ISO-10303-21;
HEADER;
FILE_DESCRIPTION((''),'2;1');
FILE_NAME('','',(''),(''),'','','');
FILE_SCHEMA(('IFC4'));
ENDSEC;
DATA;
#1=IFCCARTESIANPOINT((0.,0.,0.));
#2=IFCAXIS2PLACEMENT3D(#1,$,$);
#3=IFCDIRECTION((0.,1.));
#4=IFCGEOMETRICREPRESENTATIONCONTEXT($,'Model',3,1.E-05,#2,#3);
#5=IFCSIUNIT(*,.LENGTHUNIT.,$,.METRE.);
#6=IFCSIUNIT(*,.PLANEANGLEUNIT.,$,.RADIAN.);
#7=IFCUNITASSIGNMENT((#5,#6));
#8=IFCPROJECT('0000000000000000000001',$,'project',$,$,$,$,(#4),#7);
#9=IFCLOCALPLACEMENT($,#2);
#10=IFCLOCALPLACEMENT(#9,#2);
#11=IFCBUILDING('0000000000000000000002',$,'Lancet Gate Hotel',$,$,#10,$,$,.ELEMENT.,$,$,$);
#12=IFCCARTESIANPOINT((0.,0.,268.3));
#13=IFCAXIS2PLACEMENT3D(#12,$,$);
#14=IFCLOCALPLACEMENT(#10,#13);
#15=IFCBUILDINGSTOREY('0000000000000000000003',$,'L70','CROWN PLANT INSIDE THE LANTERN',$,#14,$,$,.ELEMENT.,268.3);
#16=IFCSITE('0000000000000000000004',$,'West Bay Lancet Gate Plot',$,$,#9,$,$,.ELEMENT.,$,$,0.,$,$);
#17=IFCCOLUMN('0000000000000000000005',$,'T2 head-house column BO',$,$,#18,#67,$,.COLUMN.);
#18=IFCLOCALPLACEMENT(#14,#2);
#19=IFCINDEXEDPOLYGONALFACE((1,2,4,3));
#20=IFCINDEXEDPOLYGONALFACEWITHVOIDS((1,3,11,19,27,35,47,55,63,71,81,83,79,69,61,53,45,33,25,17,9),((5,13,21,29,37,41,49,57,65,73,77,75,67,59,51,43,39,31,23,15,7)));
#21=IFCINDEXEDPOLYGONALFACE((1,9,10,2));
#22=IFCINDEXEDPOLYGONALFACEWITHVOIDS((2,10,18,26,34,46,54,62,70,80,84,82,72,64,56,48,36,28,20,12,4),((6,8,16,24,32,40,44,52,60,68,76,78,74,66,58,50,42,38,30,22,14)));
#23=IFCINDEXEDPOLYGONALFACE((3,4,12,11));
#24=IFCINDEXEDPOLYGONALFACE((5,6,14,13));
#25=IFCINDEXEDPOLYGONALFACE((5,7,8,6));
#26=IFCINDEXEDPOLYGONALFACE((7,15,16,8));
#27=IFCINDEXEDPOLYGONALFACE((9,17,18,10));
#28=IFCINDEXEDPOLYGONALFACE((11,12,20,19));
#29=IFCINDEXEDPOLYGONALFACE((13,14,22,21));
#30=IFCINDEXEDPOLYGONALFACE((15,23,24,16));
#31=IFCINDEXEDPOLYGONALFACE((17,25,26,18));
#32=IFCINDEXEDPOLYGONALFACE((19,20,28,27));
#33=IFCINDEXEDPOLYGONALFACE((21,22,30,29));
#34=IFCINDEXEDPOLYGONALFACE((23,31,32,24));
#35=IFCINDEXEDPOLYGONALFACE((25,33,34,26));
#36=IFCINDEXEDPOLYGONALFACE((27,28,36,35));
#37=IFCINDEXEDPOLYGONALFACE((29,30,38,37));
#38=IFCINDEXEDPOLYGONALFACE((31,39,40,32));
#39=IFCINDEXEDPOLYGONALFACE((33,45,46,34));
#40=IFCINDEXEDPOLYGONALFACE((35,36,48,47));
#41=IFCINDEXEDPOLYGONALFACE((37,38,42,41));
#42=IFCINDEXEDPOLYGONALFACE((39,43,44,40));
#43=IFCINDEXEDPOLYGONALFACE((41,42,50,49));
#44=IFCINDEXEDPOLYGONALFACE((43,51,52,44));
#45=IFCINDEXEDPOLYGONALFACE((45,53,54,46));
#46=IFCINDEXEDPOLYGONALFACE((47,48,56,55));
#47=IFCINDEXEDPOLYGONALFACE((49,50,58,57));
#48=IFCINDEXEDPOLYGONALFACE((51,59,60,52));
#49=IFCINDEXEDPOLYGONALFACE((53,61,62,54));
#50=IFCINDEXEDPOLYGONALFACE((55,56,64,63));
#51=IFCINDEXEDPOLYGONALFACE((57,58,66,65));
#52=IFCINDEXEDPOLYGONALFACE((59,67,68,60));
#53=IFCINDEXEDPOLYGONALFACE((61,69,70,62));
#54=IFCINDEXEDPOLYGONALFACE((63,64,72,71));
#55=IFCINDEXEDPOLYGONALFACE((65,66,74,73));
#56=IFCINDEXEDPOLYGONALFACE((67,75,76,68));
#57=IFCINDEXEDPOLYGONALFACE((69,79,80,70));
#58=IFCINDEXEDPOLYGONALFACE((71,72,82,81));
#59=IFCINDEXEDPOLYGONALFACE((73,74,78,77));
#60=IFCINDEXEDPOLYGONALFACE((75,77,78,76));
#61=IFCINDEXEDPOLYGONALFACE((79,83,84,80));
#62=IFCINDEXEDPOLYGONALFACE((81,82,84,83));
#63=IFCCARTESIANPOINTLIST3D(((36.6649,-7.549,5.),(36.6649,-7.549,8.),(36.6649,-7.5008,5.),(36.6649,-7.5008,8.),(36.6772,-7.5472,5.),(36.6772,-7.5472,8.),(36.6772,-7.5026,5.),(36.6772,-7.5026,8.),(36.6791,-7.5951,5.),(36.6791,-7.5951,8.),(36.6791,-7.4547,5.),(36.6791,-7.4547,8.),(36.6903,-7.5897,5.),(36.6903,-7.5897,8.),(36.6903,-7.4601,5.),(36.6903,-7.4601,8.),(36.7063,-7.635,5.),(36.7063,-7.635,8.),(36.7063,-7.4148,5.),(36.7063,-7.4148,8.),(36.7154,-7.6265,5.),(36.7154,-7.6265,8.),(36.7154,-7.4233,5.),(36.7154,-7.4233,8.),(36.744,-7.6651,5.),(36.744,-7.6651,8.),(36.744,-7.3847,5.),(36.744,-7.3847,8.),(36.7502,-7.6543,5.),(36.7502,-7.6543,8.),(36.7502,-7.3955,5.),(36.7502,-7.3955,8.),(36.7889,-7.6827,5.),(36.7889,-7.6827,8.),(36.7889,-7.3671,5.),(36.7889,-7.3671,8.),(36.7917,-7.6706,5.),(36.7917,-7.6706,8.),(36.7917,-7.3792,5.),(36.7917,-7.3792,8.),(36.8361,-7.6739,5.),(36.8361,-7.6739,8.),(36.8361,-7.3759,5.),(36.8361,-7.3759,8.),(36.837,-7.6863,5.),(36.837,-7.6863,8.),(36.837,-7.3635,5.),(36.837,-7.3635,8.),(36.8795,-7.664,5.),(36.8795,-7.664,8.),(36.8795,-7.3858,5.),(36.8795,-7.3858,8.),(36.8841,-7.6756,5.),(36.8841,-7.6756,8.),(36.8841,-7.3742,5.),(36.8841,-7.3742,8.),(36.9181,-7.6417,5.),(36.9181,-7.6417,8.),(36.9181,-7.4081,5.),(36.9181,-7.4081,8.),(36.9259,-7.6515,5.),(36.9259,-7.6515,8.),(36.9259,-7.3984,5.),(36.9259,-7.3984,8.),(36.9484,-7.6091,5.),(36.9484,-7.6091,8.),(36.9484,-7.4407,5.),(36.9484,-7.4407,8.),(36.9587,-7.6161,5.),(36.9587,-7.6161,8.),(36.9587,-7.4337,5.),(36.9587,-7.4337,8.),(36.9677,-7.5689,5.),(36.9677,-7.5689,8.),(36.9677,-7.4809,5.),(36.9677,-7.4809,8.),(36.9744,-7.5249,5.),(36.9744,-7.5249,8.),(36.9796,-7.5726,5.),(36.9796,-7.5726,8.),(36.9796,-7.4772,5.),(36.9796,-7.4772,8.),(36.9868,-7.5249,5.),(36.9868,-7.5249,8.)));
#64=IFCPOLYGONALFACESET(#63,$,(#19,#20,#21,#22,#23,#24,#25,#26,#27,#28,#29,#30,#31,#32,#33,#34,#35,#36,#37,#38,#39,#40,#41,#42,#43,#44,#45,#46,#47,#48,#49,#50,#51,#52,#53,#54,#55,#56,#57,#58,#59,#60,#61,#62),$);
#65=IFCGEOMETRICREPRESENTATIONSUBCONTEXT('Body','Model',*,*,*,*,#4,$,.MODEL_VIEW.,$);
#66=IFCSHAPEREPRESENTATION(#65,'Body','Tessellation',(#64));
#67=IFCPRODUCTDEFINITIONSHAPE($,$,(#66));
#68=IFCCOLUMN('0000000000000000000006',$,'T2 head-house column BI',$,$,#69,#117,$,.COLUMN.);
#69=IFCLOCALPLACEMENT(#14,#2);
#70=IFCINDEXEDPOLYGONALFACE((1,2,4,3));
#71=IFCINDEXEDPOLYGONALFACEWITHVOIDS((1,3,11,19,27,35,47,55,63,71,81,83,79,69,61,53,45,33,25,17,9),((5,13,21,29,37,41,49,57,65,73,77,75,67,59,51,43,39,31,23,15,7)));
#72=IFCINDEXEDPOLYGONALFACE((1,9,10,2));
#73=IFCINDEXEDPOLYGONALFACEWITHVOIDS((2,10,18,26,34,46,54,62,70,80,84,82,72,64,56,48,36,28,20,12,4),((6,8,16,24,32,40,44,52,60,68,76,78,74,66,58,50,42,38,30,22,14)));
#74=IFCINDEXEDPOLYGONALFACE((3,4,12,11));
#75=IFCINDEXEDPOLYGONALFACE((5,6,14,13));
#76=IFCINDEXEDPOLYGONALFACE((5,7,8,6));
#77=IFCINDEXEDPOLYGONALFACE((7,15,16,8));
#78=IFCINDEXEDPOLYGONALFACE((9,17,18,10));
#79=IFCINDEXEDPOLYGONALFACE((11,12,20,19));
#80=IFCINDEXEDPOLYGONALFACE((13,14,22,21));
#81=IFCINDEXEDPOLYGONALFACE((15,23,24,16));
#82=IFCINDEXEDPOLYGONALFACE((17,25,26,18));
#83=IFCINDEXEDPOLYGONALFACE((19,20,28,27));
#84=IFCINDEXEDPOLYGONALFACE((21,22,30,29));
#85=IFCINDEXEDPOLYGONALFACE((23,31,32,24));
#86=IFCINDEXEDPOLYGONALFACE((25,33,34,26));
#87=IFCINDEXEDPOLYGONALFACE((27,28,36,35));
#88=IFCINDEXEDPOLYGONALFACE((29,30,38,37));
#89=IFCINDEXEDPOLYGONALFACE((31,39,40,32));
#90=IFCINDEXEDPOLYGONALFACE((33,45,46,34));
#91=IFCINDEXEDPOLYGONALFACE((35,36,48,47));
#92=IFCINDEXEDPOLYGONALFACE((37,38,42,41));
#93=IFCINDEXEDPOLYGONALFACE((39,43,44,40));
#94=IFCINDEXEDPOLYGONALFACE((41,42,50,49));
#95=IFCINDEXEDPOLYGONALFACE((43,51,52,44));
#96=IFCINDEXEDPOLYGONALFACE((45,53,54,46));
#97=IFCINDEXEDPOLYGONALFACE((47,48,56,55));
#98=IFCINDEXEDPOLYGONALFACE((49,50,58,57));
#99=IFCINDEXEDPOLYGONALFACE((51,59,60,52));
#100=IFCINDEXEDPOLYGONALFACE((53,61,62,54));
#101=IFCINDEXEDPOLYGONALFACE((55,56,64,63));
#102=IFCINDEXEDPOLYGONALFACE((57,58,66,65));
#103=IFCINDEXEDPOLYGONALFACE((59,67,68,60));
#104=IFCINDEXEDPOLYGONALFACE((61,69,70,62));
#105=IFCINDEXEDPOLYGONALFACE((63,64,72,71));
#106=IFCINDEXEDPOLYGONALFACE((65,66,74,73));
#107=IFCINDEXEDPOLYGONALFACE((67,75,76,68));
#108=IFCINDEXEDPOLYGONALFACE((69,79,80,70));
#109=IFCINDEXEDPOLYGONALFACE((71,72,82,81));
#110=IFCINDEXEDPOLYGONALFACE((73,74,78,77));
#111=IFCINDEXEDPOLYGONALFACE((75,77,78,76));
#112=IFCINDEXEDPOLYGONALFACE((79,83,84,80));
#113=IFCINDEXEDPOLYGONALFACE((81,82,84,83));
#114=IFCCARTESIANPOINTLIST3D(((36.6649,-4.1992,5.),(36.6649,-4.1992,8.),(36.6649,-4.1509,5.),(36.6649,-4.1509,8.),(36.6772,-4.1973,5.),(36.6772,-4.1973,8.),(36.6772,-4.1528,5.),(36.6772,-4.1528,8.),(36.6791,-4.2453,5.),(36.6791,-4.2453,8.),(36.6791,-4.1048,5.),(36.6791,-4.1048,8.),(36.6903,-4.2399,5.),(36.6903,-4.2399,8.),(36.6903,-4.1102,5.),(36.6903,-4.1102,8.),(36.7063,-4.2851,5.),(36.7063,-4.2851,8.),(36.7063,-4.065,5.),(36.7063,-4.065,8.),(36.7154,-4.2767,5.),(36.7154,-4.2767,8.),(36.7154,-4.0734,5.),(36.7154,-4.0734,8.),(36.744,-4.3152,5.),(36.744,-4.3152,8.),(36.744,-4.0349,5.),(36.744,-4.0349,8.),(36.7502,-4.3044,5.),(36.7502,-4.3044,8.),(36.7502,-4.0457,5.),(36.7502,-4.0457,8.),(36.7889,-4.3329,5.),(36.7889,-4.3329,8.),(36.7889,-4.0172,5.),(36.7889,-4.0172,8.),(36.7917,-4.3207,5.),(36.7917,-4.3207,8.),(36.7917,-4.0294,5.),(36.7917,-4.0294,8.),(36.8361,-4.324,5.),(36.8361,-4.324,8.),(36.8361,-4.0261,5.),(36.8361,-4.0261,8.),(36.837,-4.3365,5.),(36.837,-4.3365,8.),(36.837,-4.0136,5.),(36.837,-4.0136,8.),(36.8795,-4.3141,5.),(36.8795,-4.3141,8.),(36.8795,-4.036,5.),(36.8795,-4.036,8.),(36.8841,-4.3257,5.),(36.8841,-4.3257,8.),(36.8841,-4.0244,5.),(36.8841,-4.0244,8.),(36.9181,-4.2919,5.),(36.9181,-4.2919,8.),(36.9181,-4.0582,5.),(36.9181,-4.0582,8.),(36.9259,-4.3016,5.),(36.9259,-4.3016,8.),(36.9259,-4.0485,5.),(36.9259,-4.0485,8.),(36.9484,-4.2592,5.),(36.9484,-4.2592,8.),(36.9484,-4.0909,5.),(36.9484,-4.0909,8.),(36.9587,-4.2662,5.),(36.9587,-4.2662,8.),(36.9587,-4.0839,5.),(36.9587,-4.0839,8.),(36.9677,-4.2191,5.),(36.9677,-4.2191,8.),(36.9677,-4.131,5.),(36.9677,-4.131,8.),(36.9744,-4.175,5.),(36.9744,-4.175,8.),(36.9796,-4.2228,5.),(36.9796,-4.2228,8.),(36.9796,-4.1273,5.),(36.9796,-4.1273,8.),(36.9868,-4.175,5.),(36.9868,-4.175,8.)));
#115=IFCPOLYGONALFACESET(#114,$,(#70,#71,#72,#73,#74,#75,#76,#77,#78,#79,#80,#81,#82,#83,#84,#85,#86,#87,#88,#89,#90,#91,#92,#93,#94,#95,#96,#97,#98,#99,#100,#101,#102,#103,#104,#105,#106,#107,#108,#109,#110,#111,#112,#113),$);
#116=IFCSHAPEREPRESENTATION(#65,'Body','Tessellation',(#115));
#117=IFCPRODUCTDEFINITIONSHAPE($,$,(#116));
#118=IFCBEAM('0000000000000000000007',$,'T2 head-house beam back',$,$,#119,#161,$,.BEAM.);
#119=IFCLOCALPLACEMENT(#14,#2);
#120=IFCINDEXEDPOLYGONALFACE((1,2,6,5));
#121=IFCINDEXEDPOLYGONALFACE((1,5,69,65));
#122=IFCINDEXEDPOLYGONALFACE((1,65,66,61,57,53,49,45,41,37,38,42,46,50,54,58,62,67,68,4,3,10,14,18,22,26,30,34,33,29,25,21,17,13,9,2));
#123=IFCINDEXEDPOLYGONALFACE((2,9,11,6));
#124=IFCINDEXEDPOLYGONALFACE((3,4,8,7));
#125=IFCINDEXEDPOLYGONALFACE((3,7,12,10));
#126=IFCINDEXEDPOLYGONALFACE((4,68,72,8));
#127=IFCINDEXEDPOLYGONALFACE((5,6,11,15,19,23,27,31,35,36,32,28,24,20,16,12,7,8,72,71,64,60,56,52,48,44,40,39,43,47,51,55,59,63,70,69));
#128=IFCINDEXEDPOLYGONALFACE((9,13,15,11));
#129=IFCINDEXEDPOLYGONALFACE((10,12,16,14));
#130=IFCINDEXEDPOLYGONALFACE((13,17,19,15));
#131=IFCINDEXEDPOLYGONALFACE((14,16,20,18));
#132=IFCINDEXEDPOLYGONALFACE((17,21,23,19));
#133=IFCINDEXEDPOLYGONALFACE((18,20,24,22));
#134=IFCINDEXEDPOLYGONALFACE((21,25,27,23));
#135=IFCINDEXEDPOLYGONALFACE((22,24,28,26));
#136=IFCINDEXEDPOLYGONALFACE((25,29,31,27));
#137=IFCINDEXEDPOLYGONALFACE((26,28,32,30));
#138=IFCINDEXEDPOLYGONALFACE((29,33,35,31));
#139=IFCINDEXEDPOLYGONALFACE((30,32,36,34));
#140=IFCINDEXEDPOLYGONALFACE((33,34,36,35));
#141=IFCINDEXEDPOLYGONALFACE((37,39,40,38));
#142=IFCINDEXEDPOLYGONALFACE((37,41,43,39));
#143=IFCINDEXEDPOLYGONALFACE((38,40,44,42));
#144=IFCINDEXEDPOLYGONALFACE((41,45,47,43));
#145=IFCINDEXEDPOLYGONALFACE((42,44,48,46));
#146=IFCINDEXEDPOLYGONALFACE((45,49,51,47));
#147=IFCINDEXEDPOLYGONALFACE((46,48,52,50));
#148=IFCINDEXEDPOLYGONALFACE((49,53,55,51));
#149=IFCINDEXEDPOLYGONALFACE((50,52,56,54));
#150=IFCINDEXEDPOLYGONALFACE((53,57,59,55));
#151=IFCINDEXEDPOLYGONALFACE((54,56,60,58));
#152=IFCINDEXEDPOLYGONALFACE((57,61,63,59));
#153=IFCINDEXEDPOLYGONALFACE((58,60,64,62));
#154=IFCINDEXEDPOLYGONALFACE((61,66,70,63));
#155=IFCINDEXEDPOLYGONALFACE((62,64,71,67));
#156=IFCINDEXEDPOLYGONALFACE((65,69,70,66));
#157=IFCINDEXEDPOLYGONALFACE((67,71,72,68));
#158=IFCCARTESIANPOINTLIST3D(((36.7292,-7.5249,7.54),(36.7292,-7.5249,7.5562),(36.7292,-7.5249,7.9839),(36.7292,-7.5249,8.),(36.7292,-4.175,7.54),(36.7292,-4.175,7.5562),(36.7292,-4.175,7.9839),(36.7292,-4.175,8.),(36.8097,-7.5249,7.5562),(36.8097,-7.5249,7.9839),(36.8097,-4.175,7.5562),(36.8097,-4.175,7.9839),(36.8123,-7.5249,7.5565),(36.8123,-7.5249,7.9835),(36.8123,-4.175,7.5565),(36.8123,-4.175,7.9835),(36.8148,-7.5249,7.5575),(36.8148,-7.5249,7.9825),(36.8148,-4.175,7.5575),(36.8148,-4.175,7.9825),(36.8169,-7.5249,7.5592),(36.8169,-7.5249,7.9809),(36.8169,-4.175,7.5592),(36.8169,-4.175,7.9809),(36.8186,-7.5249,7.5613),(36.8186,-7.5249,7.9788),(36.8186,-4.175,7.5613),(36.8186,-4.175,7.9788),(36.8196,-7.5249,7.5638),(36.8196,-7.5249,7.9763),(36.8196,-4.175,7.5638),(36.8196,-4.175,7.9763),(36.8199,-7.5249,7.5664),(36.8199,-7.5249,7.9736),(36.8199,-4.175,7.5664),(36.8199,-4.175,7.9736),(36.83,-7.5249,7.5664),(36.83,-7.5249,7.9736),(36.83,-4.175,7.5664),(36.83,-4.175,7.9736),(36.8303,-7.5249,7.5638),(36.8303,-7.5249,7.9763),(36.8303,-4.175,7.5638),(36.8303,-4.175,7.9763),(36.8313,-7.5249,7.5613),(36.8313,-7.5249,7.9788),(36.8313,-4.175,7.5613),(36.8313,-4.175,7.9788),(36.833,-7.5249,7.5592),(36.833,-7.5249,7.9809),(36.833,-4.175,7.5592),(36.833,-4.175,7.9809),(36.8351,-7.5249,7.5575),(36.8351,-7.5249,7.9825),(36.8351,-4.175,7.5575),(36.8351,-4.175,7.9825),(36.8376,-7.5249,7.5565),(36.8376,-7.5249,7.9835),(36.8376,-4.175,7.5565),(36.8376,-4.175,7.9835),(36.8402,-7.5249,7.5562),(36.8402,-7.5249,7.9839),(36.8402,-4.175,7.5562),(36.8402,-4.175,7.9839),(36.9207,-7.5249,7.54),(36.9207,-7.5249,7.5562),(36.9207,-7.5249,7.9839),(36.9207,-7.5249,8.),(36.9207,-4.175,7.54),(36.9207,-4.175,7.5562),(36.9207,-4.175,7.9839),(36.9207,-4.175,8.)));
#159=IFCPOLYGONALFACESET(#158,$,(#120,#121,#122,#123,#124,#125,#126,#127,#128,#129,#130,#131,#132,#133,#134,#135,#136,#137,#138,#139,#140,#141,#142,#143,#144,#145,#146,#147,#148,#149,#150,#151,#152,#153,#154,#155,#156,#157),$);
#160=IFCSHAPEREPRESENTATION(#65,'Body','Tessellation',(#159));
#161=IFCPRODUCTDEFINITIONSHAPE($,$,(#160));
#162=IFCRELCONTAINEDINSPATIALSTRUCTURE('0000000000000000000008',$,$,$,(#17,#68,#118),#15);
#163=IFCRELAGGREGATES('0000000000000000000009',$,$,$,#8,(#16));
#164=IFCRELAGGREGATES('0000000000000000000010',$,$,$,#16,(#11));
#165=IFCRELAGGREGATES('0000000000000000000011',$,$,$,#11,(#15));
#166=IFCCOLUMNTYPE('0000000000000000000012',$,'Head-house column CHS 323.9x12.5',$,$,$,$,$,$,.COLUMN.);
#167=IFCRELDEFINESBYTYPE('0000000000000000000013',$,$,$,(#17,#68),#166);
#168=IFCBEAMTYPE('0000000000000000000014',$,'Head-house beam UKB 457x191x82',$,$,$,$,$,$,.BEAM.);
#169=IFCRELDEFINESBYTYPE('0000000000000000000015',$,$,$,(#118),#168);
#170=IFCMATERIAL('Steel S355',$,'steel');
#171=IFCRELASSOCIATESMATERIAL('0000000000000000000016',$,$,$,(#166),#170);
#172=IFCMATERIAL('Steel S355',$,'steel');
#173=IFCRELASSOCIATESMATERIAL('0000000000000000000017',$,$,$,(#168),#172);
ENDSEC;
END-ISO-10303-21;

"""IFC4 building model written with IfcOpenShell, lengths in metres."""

from ifc_helpers import new_model, si_unit, direction, frame, origin, origin_2d, place, context, subcontext, project, spatial, hollow_circle, i_section, extrude, material, material_profile, profile_set, type_object, element, save


model = new_model("IFC4")

# Units and contexts
model_context = context("Model", 3, precision=1e-05, world=origin(), true_north=direction((0.0, 1.0)))
body_context = subcontext(model_context, "Body", "Model", "MODEL_VIEW")
ifc_project = project(units=[si_unit("LENGTHUNIT", "METRE"), si_unit("PLANEANGLEUNIT", "RADIAN")], contexts=[model_context])

# Site, building, storey
site_placement = place(None, origin())
site = spatial("IfcSite", under=ifc_project, at=site_placement, Name="West Bay Lancet Gate Plot", CompositionType="ELEMENT", RefElevation=0.0)
building_placement = place(site_placement, origin())
building = spatial("IfcBuilding", under=site, at=building_placement, Name="Lancet Gate Hotel", CompositionType="ELEMENT")
storey_placement = place(building_placement, frame((0.0, 0.0, 268.3)))
storey = spatial("IfcBuildingStorey", under=building, at=storey_placement, Name="L70", Description="CROWN PLANT INSIDE THE LANTERN", CompositionType="ELEMENT", Elevation=268.3)

# Columns
ifc_material_1 = material(Name="Steel S355", Category="steel")
ifc_material_profile_1 = material_profile(ifc_material_1, hollow_circle(Radius=0.1619, WallThickness=0.0125, at=origin_2d()), Name="CHS 323.9x12.5")
ifc_profile_set_1 = profile_set([ifc_material_profile_1], Name="Steel S355")
column_type = type_object("IfcColumnType", Name="Head-house column CHS 323.9x12.5", PredefinedType="COLUMN", material=ifc_profile_set_1)
for number, where, z_axis, x_axis, name in (
    (1, (36.825, -7.5249, 5.0), (0.0, 0.0, 1.0), (1.0, 0.0, 0.0), "T2 head-house column BO"),
    (2, (36.825, -4.175, 5.0), (0.0, 0.0, 1.0), (1.0, 0.0, 0.0), "T2 head-house column BI"),
):
    element("IfcColumn", number, at=place(storey_placement, frame(where, z_axis=z_axis, x_axis=x_axis)), inside=storey, type_object=column_type, Name=name, PredefinedType="COLUMN", context=body_context, shape_type="SweptSolid", body=[
        extrude(hollow_circle(Radius=0.1619, WallThickness=0.0125, at=origin_2d()), origin(), (0.0, 0.0, 1.0), 3.0),
    ])

# Beam
ifc_material_2 = material(Name="Steel S355", Category="steel")
ifc_material_profile_2 = material_profile(ifc_material_2, i_section(OverallWidth=0.1914, OverallDepth=0.46, WebThickness=0.01, FlangeThickness=0.0161, FilletRadius=0.0103, at=origin_2d()), Name="UKB 457x191x82")
ifc_profile_set_2 = profile_set([ifc_material_profile_2], Name="Steel S355")
beam_type_1 = type_object("IfcBeamType", Name="Head-house beam UKB 457x191x82", PredefinedType="BEAM", material=ifc_profile_set_2)
beam_1_placement = place(storey_placement, frame((36.825, -7.5249, 7.77), z_axis=(0.0, 1.0, 0.0), x_axis=(-1.0, 0.0, 0.0)))
element("IfcBeam", 3, at=beam_1_placement, inside=storey, type_object=beam_type_1, Name="T2 head-house beam back", PredefinedType="BEAM", context=body_context, shape_type="SweptSolid", body=[
    extrude(i_section(OverallWidth=0.1914, OverallDepth=0.46, WebThickness=0.01, FlangeThickness=0.0161, FilletRadius=0.0103, at=origin_2d()), origin(), (0.0, 0.0, 1.0), 3.3499),
])

save(model, "model.ifc")
